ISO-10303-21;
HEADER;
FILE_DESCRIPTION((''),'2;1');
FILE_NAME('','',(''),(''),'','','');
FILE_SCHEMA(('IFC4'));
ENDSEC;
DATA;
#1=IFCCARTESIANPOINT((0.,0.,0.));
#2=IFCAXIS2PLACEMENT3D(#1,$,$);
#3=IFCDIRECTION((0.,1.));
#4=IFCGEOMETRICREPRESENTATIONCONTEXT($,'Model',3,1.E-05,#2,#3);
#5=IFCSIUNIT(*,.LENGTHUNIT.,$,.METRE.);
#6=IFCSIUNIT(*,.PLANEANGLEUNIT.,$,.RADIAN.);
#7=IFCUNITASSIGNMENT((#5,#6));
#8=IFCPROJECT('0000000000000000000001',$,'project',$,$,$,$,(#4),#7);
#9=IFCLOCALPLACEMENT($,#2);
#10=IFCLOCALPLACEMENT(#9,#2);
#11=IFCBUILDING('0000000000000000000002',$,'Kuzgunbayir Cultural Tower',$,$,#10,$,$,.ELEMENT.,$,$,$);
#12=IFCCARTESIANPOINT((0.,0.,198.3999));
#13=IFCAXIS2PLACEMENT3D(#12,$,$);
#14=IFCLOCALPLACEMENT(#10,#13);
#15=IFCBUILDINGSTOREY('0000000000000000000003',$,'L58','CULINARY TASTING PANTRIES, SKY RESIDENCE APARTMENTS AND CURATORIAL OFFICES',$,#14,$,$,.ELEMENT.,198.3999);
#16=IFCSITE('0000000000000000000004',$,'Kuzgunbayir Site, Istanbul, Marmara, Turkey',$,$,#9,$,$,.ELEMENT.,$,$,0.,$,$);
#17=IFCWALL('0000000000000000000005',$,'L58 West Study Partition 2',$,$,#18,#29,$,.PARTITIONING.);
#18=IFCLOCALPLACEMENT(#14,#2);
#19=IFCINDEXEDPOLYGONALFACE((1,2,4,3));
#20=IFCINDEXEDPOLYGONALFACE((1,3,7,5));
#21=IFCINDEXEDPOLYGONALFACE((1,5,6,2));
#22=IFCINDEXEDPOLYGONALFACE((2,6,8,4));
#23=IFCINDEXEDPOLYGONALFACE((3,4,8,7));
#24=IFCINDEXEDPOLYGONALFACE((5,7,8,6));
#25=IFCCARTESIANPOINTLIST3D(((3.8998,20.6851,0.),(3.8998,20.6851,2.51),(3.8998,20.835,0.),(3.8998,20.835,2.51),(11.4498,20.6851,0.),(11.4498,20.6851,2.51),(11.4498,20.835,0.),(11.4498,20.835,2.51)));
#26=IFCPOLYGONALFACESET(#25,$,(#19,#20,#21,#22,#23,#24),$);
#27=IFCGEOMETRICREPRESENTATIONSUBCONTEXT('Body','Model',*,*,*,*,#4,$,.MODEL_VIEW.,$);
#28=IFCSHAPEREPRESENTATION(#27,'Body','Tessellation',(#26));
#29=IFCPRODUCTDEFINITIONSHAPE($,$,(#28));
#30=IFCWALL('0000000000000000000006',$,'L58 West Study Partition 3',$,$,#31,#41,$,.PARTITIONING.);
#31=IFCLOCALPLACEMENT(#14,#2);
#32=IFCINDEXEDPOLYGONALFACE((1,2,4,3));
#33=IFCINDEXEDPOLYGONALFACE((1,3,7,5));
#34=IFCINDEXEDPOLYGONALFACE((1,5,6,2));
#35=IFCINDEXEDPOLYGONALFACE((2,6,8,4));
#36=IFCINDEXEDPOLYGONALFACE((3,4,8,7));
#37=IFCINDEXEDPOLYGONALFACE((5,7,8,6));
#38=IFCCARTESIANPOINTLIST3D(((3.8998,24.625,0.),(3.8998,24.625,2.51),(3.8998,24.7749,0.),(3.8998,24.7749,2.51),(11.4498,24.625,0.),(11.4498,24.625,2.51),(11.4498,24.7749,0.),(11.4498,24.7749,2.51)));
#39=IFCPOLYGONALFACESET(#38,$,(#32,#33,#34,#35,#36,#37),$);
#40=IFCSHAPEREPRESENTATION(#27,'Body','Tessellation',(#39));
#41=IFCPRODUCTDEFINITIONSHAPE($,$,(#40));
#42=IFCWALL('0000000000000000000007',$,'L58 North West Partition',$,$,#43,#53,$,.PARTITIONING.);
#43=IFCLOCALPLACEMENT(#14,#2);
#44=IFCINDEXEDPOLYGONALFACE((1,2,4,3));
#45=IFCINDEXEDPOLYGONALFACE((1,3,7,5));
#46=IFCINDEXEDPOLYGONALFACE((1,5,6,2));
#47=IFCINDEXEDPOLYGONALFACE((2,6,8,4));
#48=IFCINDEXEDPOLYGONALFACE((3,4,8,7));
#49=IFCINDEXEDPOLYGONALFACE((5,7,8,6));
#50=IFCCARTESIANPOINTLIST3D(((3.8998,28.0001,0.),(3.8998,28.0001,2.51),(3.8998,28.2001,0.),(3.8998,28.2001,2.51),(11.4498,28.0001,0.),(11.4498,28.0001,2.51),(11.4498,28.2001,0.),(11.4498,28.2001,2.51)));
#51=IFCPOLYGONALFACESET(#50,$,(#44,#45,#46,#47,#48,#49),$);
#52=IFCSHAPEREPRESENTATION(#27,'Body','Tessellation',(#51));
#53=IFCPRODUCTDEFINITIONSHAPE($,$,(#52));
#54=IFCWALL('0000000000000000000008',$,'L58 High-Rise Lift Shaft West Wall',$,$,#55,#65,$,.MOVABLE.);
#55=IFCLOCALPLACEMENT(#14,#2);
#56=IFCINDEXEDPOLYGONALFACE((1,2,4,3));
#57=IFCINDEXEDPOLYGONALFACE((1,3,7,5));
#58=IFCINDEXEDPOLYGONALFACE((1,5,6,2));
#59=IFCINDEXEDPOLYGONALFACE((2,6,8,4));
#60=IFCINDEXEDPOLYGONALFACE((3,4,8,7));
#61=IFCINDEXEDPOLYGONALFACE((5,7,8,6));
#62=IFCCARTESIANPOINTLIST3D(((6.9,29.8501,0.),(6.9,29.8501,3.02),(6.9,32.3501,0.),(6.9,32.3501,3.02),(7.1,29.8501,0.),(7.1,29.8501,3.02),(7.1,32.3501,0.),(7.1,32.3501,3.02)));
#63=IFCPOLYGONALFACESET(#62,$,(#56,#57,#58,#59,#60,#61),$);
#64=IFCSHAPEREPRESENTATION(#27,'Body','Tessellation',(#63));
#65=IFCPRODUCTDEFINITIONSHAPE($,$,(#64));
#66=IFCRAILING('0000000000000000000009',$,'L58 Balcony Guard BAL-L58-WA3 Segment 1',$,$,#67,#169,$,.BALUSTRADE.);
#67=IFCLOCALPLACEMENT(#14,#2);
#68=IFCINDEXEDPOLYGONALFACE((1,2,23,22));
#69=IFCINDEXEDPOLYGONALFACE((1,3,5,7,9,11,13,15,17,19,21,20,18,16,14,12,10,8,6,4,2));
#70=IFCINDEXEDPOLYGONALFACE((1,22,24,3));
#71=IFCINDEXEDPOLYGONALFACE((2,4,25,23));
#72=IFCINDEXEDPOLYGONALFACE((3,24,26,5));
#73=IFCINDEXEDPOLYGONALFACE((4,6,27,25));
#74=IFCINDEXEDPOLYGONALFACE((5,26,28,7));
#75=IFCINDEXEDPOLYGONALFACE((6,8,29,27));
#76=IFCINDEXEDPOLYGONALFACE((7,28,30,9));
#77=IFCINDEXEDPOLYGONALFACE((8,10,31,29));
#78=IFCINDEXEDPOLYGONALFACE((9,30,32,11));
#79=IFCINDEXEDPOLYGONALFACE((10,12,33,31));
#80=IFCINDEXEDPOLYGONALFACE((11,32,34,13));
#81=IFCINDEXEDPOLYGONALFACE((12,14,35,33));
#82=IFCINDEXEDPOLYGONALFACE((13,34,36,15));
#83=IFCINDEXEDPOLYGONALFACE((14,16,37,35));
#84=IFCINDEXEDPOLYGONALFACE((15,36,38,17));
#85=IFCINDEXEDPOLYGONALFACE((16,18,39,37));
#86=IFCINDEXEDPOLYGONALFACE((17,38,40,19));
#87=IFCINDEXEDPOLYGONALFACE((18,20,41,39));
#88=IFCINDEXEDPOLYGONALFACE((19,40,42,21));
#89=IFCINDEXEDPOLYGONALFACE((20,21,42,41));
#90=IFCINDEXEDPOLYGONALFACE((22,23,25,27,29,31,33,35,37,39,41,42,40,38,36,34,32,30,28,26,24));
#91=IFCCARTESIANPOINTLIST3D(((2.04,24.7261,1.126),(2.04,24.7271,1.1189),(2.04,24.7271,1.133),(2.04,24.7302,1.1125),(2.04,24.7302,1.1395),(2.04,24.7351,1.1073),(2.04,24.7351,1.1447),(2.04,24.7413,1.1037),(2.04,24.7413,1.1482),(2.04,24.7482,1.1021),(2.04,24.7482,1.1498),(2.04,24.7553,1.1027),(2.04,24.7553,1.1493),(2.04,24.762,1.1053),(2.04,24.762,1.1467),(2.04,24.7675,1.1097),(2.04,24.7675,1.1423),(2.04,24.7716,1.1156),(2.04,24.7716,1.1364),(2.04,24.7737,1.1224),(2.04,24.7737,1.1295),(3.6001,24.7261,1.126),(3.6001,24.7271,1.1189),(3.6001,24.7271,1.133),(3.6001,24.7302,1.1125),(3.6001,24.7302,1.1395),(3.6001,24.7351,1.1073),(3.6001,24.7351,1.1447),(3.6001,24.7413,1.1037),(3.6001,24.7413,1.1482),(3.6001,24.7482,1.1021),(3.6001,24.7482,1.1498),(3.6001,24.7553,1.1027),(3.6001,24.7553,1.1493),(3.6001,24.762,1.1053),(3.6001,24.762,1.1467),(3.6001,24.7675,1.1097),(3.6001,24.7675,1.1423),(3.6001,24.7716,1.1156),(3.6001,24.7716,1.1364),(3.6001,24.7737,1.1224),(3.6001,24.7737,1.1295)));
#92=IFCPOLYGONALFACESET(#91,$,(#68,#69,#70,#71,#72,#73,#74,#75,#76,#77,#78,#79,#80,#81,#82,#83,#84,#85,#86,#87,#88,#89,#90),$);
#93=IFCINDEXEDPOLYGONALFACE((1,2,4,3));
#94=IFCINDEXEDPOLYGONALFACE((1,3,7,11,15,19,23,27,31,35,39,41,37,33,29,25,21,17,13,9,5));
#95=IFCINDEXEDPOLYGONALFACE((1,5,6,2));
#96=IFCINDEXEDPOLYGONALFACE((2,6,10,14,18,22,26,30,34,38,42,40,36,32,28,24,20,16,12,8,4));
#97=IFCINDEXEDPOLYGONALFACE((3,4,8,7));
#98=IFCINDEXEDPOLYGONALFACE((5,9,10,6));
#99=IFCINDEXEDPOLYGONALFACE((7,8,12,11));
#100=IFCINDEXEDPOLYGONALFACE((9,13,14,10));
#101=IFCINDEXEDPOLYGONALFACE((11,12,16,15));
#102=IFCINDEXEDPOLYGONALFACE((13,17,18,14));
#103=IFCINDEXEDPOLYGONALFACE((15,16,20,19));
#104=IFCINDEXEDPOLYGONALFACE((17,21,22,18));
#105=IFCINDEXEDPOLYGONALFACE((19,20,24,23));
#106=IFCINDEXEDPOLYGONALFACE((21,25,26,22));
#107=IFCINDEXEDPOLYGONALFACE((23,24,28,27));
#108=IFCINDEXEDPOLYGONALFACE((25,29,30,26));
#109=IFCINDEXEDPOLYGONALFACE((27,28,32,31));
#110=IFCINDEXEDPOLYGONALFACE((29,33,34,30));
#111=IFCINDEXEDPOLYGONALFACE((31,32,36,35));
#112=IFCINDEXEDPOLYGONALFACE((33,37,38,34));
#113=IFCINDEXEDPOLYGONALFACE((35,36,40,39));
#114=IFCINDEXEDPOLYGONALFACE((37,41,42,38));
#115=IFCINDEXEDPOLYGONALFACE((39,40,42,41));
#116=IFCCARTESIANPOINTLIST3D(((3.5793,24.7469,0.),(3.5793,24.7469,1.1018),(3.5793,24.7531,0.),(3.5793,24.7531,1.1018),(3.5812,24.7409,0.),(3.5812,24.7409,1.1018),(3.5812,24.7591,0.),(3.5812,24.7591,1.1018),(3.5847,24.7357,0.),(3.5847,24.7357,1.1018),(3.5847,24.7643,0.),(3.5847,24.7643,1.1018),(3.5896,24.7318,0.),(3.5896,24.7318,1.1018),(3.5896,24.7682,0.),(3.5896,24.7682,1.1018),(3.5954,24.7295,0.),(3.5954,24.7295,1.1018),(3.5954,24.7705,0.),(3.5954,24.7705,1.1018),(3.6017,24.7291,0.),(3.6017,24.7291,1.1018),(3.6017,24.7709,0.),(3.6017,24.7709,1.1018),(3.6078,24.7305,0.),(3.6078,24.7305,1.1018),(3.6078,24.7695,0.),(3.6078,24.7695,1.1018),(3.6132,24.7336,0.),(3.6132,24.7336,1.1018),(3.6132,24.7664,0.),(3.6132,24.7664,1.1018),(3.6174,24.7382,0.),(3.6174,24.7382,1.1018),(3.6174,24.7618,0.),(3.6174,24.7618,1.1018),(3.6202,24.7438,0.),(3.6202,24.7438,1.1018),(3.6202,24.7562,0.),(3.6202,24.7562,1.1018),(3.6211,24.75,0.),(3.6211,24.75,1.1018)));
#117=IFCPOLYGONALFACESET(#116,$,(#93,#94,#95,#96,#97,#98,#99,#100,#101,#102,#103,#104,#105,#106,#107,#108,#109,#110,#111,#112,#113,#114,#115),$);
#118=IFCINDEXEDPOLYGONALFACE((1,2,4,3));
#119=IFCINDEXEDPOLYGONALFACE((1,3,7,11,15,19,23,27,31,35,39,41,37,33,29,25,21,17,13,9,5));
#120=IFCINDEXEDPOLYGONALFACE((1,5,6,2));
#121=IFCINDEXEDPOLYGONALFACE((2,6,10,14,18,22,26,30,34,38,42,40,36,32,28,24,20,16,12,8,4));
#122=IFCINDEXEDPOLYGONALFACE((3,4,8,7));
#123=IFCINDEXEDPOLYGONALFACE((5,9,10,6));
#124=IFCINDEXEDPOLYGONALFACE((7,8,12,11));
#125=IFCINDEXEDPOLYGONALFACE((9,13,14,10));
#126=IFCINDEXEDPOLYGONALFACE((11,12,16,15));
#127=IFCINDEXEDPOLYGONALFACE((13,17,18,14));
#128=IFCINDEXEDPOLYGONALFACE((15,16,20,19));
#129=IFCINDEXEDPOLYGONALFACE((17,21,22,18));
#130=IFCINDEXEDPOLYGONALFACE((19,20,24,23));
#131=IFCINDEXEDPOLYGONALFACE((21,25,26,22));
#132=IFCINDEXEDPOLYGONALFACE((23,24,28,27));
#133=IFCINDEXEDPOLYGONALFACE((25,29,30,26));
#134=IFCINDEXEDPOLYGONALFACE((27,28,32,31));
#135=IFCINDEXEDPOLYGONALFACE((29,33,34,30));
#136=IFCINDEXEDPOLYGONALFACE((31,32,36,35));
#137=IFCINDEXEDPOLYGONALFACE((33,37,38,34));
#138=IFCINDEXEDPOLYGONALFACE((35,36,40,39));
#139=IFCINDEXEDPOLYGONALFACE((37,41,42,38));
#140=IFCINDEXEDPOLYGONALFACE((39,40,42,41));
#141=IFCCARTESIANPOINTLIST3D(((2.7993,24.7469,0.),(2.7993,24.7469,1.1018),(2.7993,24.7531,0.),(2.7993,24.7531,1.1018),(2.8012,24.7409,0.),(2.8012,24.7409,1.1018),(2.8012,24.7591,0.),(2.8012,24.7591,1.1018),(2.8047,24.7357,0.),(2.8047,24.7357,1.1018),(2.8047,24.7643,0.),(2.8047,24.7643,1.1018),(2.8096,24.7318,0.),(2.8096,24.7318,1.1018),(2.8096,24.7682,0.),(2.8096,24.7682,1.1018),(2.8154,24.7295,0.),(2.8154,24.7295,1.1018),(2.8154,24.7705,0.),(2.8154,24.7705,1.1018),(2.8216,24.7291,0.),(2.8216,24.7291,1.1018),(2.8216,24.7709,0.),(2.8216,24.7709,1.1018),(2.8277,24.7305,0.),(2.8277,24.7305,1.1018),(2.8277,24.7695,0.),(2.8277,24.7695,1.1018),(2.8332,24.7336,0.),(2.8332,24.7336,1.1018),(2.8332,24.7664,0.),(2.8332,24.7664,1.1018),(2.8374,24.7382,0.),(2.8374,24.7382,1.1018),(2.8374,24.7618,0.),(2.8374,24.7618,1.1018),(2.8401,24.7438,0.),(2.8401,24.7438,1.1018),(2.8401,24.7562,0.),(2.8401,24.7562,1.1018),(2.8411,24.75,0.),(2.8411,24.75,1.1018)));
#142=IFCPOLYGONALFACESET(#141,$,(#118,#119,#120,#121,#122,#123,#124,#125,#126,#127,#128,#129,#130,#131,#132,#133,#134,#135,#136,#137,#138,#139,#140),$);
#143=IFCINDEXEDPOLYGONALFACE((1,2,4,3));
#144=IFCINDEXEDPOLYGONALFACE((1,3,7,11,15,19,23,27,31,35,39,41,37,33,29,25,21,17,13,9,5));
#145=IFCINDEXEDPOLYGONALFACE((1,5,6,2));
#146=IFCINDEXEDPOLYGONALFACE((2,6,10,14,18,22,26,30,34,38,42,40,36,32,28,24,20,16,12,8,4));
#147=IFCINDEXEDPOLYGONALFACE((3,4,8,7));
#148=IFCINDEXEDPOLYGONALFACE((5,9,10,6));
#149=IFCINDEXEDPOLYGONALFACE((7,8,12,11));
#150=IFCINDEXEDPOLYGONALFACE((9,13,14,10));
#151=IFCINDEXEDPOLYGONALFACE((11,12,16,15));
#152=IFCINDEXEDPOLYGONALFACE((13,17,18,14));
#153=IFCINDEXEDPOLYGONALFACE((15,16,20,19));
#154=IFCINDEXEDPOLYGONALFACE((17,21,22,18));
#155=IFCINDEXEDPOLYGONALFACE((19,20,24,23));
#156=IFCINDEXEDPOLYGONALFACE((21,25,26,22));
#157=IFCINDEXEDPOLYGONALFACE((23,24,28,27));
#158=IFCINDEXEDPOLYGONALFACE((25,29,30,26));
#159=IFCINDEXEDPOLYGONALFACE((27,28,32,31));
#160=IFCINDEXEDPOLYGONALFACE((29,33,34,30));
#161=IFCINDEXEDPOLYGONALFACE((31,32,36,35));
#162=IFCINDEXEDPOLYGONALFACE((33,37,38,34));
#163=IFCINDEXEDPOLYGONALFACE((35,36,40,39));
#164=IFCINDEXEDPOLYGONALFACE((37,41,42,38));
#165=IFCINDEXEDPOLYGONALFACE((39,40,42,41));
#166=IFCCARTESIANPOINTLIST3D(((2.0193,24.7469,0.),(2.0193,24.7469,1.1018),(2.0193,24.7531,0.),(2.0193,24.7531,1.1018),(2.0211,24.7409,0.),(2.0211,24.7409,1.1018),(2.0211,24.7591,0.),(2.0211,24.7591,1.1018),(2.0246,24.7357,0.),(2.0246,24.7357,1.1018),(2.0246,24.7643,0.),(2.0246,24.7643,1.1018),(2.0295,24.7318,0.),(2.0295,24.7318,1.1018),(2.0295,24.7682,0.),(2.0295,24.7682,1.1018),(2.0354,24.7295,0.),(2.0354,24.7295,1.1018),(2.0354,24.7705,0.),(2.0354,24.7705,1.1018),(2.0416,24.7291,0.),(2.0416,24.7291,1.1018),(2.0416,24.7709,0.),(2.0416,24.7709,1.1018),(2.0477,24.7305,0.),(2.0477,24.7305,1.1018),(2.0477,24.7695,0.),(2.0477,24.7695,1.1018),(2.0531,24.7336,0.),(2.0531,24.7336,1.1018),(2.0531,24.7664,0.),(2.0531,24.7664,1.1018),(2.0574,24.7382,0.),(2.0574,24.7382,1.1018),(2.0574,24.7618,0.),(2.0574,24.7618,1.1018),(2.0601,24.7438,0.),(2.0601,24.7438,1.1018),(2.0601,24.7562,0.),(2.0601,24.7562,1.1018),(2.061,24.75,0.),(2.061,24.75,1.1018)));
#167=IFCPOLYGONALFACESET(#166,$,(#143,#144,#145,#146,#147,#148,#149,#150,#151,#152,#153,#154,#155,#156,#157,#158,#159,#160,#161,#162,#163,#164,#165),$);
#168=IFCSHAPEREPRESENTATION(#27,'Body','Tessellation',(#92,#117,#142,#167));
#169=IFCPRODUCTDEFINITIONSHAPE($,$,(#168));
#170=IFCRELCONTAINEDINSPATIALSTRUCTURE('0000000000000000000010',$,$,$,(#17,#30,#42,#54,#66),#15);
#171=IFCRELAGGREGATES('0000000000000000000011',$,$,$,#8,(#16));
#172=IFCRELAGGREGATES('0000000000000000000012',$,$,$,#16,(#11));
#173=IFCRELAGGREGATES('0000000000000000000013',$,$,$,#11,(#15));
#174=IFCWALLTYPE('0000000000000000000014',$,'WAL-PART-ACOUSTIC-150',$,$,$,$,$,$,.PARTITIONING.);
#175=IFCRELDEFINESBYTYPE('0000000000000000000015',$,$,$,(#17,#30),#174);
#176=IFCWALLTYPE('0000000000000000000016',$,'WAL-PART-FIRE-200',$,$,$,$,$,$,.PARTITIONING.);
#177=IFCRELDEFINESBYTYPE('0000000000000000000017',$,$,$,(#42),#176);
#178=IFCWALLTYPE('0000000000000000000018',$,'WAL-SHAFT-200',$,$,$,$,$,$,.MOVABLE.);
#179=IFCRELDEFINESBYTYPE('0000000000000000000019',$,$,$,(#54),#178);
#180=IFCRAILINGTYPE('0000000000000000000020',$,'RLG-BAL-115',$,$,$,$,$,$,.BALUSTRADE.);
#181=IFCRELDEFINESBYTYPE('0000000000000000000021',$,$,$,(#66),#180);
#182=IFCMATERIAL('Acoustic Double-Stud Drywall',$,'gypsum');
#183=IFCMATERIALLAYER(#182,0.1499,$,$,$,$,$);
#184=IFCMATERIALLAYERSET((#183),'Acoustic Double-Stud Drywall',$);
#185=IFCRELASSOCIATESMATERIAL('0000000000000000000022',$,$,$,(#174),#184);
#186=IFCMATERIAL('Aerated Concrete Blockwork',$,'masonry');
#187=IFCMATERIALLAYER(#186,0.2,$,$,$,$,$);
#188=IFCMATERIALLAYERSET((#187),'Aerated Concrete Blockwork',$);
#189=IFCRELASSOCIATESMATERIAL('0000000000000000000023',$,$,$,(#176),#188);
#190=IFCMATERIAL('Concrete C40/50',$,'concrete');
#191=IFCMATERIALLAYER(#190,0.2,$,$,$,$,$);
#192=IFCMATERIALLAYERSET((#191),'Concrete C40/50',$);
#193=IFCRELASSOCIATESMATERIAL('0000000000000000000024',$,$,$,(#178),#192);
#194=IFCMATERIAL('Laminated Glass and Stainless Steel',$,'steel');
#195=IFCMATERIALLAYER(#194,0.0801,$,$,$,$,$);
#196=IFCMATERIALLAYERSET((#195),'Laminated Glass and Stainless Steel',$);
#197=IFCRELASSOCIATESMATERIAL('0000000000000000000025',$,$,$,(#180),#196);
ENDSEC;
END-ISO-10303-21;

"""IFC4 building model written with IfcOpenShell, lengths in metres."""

from ifc_helpers import new_model, si_unit, direction, frame, frame_2d, origin, origin_2d, place, context, subcontext, project, spatial, rectangle, circle, extrude, material, layer, layer_set, type_object, element, save


model = new_model("IFC4")

# Units and contexts
model_context = context("Model", 3, precision=1e-05, world=origin(), true_north=direction((0.0, 1.0)))
body_context = subcontext(model_context, "Body", "Model", "MODEL_VIEW")
ifc_project = project(units=[si_unit("LENGTHUNIT", "METRE"), si_unit("PLANEANGLEUNIT", "RADIAN")], contexts=[model_context])

# Site, building, storey
site_placement = place(None, origin())
site = spatial("IfcSite", under=ifc_project, at=site_placement, Name="Kuzgunbayir Site, Istanbul, Marmara, Turkey", CompositionType="ELEMENT", RefElevation=0.0)
building_placement = place(site_placement, origin())
building = spatial("IfcBuilding", under=site, at=building_placement, Name="Kuzgunbayir Cultural Tower", CompositionType="ELEMENT")
storey_placement = place(building_placement, frame((0.0, 0.0, 198.3999)))
storey = spatial("IfcBuildingStorey", under=building, at=storey_placement, Name="L58", Description="CULINARY TASTING PANTRIES, SKY RESIDENCE APARTMENTS AND CURATORIAL OFFICES", CompositionType="ELEMENT", Elevation=198.3999)

# Walls
ifc_material_1 = material(Name="Acoustic Double-Stud Drywall", Category="gypsum")
ifc_layer_1 = layer(ifc_material_1, 0.1499)
ifc_layer_set_1 = layer_set([ifc_layer_1], Name="Acoustic Double-Stud Drywall")
wall_type_1 = type_object("IfcWallType", Name="WAL-PART-ACOUSTIC-150", PredefinedType="PARTITIONING", material=ifc_layer_set_1)
for number, where, z_axis, x_axis, name in (
    (1, (3.8999, 20.76, 0.0), (0.0, 0.0, 1.0), (1.0, 0.0, 0.0), "L58 West Study Partition 2"),
    (2, (3.8999, 24.7, 0.0), (0.0, 0.0, 1.0), (1.0, 0.0, 0.0), "L58 West Study Partition 3"),
):
    element("IfcWall", number, at=place(storey_placement, frame(where, z_axis=z_axis, x_axis=x_axis)), inside=storey, type_object=wall_type_1, Name=name, PredefinedType="PARTITIONING", context=body_context, shape_type="SweptSolid", body=[
        extrude(rectangle(XDim=7.55, YDim=0.1499, at=frame_2d((3.7749, 0.0))), origin(), (0.0, 0.0, 1.0), 2.51),
    ])
ifc_material_2 = material(Name="Aerated Concrete Blockwork", Category="masonry")
ifc_layer_2 = layer(ifc_material_2, 0.2)
ifc_layer_set_2 = layer_set([ifc_layer_2], Name="Aerated Concrete Blockwork")
wall_type_2 = type_object("IfcWallType", Name="WAL-PART-FIRE-200", PredefinedType="PARTITIONING", material=ifc_layer_set_2)
wall_1_placement = place(storey_placement, frame((3.8999, 28.1001, 0.0), z_axis=(0.0, 0.0, 1.0), x_axis=(1.0, 0.0, 0.0)))
element("IfcWall", 3, at=wall_1_placement, inside=storey, type_object=wall_type_2, Name="L58 North West Partition", PredefinedType="PARTITIONING", context=body_context, shape_type="SweptSolid", body=[
    extrude(rectangle(XDim=7.55, YDim=0.2, at=frame_2d((3.7749, 0.0))), origin(), (0.0, 0.0, 1.0), 2.51),
])

# Shared definitions
ifc_material_3 = material(Name="Concrete C40/50", Category="concrete")
ifc_layer_3 = layer(ifc_material_3, 0.2)
ifc_layer_set_3 = layer_set([ifc_layer_3], Name="Concrete C40/50")
wall_type_3 = type_object("IfcWallType", Name="WAL-SHAFT-200", PredefinedType="MOVABLE", material=ifc_layer_set_3)

# Wall
wall_2_placement = place(storey_placement, frame((7.0, 29.8501, 0.0), z_axis=(0.0, 0.0, 1.0), x_axis=(0.0, 1.0, 0.0)))
element("IfcWall", 4, at=wall_2_placement, inside=storey, type_object=wall_type_3, Name="L58 High-Rise Lift Shaft West Wall", PredefinedType="MOVABLE", context=body_context, shape_type="SweptSolid", body=[
    extrude(rectangle(XDim=2.5, YDim=0.2, at=frame_2d((1.25, 0.0))), origin(), (0.0, 0.0, 1.0), 3.02),
])

# Railing
ifc_material_4 = material(Name="Laminated Glass and Stainless Steel", Category="steel")
ifc_layer_4 = layer(ifc_material_4, 0.0801)
ifc_layer_set_4 = layer_set([ifc_layer_4], Name="Laminated Glass and Stainless Steel")
railing_type = type_object("IfcRailingType", Name="RLG-BAL-115", PredefinedType="BALUSTRADE", material=ifc_layer_set_4)
railing_1_placement = place(storey_placement, frame((3.6001, 24.75, 0.0)))
element("IfcRailing", 5, at=railing_1_placement, inside=storey, type_object=railing_type, Name="L58 Balcony Guard BAL-L58-WA3 Segment 1", PredefinedType="BALUSTRADE", context=body_context, shape_type="SweptSolid", body=[
    extrude(circle(Radius=0.0239, at=origin_2d()), frame((0.0, 0.0, 1.126), z_axis=(-1.0, 0.0, 0.0), x_axis=(0.0, -1.0, 0.0)), (0.0, 0.0, 1.0), 1.5601),
    extrude(circle(Radius=0.021, at=origin_2d()), origin(), (0.0, 0.0, 1.0), 1.1018),
    extrude(circle(Radius=0.021, at=origin_2d()), frame((-0.78, 0.0, 0.0)), (0.0, 0.0, 1.0), 1.1018),
    extrude(circle(Radius=0.021, at=origin_2d()), frame((-1.5601, 0.0, 0.0)), (0.0, 0.0, 1.0), 1.1018),
])

save(model, "model.ifc")
